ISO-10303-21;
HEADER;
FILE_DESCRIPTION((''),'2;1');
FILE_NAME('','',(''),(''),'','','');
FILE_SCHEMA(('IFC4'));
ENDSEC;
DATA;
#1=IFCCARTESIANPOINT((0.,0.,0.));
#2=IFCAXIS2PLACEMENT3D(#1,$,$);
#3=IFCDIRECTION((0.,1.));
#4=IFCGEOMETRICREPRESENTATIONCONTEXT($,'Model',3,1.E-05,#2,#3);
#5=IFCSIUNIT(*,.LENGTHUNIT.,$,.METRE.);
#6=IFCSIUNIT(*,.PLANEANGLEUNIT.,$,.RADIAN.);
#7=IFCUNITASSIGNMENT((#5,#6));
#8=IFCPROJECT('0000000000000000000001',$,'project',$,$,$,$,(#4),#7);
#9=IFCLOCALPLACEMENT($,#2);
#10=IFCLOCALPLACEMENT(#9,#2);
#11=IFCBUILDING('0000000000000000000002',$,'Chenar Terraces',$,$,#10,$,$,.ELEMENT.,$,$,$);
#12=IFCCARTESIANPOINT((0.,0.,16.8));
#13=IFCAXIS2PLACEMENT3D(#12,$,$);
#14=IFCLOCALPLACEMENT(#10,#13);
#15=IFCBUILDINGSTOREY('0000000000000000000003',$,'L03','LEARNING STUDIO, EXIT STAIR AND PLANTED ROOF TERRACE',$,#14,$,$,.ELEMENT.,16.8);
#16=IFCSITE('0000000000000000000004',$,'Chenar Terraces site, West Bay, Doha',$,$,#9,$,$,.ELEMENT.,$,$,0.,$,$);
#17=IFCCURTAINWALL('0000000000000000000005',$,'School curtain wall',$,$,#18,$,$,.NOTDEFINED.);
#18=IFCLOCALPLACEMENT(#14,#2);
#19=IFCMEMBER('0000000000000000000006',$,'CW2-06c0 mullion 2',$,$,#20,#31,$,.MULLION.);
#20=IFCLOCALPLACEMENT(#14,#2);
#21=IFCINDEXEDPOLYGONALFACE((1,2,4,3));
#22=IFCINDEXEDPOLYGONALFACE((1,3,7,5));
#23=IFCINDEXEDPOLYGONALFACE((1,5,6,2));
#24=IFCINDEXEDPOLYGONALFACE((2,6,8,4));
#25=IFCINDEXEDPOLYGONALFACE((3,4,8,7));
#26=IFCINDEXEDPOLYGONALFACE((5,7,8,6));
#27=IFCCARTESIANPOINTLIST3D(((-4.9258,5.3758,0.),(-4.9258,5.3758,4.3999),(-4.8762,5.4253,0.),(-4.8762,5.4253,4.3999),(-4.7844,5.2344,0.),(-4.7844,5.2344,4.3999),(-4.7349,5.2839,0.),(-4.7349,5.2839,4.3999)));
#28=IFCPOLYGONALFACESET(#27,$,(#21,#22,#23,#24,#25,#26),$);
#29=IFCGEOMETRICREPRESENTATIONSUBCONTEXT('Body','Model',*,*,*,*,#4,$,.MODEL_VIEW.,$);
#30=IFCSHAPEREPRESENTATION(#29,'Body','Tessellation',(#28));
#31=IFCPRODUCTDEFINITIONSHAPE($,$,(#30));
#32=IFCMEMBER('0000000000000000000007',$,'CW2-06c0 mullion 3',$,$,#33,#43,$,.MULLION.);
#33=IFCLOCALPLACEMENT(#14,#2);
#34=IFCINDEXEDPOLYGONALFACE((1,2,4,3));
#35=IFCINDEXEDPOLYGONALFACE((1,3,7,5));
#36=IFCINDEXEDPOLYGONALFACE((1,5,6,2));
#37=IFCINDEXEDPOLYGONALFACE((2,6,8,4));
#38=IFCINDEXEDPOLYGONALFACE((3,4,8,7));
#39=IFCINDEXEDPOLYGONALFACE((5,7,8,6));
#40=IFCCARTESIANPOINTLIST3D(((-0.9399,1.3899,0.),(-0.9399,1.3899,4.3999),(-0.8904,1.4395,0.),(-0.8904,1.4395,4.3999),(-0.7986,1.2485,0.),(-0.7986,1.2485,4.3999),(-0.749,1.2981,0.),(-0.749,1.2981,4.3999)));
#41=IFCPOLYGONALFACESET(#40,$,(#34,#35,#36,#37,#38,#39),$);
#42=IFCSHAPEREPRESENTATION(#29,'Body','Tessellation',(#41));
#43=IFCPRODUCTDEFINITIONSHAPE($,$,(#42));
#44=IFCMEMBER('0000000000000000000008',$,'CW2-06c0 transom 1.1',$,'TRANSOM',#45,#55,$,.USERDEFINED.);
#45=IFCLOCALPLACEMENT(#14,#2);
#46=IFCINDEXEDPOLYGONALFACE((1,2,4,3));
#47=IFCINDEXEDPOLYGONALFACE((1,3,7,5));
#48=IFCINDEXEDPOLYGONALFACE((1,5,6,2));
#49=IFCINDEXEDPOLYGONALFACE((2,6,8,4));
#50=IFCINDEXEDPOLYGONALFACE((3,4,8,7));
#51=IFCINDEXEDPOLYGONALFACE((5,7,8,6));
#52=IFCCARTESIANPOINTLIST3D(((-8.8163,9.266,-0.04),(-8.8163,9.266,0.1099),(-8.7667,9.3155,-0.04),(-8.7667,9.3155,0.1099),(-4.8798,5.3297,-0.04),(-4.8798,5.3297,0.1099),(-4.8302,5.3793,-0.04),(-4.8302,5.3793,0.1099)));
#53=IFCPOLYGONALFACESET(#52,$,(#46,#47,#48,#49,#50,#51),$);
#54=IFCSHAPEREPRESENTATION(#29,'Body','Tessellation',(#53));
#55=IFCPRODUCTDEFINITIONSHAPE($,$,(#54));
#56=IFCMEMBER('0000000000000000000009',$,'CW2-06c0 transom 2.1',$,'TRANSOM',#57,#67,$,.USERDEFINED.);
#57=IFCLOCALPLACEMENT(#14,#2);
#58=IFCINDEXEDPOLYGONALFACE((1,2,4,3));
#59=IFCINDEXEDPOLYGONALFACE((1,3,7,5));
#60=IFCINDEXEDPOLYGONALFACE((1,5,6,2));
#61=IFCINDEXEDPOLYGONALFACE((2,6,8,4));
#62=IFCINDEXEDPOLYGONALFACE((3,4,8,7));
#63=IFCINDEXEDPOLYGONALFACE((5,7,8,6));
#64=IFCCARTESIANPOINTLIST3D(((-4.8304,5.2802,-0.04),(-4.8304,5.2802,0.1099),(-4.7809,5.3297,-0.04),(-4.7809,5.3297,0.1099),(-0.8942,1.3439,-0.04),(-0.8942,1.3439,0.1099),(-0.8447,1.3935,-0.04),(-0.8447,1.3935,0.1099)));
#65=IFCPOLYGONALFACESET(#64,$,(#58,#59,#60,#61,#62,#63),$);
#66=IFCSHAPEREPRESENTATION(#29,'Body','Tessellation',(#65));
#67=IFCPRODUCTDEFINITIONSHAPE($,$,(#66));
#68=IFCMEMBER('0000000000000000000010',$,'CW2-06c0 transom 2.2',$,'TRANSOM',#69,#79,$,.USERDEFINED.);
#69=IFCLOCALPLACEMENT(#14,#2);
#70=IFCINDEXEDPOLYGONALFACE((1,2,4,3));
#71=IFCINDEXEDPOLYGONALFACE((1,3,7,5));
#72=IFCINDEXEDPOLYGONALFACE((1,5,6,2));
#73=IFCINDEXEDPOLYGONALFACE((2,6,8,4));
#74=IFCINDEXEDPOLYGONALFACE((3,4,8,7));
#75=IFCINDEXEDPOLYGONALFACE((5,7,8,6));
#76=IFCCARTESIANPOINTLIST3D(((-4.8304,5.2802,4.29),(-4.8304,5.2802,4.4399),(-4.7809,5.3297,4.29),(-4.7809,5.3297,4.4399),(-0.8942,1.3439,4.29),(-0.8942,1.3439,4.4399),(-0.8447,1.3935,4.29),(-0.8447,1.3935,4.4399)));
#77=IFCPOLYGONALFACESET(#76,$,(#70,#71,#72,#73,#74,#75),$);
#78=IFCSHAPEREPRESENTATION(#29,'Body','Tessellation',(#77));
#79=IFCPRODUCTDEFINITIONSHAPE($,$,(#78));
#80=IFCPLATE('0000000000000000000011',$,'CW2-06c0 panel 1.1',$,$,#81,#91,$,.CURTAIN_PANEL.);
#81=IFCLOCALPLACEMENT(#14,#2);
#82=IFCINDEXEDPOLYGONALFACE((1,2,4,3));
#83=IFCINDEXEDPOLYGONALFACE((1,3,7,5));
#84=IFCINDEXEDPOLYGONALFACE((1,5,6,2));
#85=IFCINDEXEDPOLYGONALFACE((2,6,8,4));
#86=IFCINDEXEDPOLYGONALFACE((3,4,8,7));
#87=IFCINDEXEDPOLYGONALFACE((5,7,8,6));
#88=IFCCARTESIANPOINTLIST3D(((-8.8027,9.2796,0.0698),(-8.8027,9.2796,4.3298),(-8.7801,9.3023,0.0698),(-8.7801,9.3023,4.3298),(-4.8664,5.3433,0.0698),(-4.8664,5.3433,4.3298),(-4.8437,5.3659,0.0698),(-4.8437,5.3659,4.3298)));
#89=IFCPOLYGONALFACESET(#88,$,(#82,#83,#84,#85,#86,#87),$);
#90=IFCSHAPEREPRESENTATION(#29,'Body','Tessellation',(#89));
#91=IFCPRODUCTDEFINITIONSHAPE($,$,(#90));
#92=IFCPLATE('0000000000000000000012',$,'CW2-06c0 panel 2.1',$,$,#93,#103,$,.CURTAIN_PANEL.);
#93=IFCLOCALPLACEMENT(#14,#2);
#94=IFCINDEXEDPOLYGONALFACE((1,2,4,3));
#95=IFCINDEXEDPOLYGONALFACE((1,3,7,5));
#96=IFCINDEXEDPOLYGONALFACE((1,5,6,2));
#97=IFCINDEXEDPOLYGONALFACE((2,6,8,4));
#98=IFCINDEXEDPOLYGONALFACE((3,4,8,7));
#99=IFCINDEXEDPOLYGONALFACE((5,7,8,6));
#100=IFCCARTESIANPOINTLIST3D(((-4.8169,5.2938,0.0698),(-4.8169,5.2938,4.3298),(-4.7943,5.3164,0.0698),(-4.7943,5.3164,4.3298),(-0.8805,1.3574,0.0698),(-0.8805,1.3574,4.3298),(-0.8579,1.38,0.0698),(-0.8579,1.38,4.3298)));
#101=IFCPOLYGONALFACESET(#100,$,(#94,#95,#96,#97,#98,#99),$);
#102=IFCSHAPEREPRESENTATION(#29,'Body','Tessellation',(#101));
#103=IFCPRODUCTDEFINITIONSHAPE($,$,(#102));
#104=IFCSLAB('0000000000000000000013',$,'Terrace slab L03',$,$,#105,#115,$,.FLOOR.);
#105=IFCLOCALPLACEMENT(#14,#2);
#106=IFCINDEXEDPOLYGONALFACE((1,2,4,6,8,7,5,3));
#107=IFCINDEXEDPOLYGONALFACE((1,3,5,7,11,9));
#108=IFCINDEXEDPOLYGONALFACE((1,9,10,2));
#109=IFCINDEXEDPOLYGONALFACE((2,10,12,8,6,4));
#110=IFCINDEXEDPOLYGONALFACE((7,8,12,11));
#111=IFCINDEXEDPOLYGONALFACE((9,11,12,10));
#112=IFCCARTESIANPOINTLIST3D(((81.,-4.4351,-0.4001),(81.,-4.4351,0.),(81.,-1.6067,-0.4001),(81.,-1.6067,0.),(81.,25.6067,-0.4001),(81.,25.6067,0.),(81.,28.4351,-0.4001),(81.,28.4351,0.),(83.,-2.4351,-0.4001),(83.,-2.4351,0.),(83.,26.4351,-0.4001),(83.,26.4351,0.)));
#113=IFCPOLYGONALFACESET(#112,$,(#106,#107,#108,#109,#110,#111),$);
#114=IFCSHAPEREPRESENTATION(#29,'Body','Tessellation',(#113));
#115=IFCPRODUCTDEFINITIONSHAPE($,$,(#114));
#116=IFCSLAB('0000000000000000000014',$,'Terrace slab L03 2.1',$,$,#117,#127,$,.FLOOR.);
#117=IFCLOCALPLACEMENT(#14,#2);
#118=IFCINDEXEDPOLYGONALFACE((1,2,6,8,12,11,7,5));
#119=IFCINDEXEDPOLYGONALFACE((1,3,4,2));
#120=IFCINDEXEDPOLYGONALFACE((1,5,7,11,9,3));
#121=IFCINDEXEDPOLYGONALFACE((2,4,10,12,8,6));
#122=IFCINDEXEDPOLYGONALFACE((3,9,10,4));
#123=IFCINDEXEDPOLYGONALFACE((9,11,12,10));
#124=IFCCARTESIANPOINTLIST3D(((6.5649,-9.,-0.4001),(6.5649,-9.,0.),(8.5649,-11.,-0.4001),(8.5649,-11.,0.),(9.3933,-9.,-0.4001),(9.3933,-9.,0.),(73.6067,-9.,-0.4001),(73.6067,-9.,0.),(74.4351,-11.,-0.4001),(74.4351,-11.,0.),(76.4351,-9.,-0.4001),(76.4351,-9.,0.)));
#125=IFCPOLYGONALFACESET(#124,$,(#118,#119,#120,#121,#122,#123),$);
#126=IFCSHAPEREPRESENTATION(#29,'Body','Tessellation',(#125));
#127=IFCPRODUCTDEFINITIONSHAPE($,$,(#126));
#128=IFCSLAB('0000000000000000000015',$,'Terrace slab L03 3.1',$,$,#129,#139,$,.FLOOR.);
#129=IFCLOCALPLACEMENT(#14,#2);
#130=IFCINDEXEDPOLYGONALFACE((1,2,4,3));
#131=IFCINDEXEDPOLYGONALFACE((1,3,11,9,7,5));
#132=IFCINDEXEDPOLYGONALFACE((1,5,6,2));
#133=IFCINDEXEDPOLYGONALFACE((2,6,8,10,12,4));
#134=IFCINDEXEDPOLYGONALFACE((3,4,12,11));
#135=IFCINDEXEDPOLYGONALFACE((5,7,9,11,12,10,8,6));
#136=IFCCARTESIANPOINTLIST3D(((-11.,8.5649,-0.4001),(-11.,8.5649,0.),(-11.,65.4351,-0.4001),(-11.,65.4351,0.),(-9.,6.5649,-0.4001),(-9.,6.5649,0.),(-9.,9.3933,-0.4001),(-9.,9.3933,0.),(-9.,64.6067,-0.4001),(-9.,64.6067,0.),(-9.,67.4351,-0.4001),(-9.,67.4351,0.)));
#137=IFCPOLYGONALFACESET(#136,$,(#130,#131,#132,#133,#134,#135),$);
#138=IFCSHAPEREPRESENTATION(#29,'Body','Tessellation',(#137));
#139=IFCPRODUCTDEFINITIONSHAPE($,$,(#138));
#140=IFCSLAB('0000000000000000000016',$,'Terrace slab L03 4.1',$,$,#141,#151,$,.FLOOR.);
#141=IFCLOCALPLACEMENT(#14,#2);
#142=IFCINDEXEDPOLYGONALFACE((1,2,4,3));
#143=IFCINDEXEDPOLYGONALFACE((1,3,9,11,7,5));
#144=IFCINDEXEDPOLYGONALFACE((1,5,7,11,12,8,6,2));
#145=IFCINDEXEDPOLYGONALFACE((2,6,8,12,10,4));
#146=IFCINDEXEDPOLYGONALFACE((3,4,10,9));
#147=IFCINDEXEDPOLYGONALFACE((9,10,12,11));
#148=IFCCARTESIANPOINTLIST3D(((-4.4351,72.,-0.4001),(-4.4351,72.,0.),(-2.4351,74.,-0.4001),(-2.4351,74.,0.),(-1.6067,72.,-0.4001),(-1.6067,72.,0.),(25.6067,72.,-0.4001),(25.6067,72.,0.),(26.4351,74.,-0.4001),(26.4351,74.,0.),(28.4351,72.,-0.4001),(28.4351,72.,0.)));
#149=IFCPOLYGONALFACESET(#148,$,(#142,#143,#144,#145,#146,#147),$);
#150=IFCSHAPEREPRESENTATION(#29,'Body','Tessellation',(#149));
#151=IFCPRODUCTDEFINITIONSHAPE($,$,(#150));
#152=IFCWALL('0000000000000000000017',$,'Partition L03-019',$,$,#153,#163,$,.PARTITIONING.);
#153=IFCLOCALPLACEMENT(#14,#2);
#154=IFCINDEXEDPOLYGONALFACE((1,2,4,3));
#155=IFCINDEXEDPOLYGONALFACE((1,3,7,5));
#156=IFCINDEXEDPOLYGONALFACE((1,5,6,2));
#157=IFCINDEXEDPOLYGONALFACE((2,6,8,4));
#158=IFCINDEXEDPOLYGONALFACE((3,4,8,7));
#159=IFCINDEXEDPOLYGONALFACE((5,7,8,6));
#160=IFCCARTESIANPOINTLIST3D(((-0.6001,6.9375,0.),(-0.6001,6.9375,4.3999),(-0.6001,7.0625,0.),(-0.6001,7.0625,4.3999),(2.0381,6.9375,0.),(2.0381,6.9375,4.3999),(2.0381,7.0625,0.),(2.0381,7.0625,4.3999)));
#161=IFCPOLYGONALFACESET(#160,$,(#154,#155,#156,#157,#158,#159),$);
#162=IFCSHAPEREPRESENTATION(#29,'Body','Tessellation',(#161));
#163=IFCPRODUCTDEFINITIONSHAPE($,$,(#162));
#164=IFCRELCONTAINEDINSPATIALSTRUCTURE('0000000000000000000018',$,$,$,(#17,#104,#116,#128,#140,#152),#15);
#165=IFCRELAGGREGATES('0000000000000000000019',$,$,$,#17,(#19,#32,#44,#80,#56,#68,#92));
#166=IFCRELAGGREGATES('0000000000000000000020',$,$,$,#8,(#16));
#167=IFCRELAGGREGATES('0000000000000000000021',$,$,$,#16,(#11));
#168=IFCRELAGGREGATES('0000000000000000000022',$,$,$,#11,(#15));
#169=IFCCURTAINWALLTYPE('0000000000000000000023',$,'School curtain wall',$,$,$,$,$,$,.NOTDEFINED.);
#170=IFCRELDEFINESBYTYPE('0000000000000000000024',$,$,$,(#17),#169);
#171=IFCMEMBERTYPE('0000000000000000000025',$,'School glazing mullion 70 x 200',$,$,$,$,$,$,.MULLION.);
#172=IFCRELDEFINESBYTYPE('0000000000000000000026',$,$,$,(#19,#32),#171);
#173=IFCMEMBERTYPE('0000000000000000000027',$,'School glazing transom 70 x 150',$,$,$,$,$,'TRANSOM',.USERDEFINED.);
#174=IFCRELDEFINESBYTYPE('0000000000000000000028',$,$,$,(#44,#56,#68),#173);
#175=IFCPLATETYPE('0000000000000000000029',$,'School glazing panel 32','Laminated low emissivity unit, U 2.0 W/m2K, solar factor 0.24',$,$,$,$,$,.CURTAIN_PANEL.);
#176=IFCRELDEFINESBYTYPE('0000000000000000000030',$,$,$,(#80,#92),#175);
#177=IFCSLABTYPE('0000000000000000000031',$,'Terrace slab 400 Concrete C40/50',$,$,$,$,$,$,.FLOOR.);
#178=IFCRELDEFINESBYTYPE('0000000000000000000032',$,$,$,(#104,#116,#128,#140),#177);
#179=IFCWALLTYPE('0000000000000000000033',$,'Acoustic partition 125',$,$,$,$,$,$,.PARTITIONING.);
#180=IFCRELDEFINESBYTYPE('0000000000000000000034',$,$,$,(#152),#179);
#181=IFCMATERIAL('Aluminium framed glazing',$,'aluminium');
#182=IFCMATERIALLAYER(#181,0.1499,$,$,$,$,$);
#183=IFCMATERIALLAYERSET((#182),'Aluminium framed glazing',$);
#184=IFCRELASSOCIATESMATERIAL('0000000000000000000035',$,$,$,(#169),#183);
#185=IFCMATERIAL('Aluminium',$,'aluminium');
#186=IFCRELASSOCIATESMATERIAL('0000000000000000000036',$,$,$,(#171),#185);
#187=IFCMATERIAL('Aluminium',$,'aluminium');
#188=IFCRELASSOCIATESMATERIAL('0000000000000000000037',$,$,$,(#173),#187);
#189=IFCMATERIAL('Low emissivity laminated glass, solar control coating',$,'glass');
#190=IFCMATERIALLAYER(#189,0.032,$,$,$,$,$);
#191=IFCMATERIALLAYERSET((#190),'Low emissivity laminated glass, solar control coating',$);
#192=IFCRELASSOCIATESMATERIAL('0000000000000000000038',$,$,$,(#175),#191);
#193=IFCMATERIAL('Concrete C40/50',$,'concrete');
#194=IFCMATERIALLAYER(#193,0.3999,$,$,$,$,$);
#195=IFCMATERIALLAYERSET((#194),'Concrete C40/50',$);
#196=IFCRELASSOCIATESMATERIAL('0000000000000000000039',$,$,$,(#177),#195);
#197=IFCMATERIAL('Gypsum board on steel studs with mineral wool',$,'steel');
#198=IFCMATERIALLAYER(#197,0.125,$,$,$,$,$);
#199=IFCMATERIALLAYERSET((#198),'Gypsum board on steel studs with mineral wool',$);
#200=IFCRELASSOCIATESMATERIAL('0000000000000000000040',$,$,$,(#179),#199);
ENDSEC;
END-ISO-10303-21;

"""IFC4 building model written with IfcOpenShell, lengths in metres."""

from ifc_helpers import new_model, si_unit, direction, frame, frame_2d, origin, origin_2d, place, context, subcontext, project, spatial, polyline, rectangle, outline, extrude, material, layer, layer_set, material_profile, profile_set, type_object, element, aggregate, save


model = new_model("IFC4")

# Units and contexts
model_context = context("Model", 3, precision=1e-05, world=origin(), true_north=direction((0.0, 1.0)))
body_context = subcontext(model_context, "Body", "Model", "MODEL_VIEW")
ifc_project = project(units=[si_unit("LENGTHUNIT", "METRE"), si_unit("PLANEANGLEUNIT", "RADIAN")], contexts=[model_context])

# Site, building, storey
site_placement = place(None, origin())
site = spatial("IfcSite", under=ifc_project, at=site_placement, Name="Chenar Terraces site, West Bay, Doha", CompositionType="ELEMENT", RefElevation=0.0)
building_placement = place(site_placement, origin())
building = spatial("IfcBuilding", under=site, at=building_placement, Name="Chenar Terraces", CompositionType="ELEMENT")
storey_placement = place(building_placement, frame((0.0, 0.0, 16.8)))
storey = spatial("IfcBuildingStorey", under=building, at=storey_placement, Name="L03", Description="LEARNING STUDIO, EXIT STAIR AND PLANTED ROOF TERRACE", CompositionType="ELEMENT", Elevation=16.8)

# Curtain wall, members
ifc_material_1 = material(Name="Aluminium framed glazing", Category="aluminium")
ifc_layer_1 = layer(ifc_material_1, 0.1499)
ifc_layer_set_1 = layer_set([ifc_layer_1], Name="Aluminium framed glazing")
curtain_wall_type = type_object("IfcCurtainWallType", Name="School curtain wall", PredefinedType="NOTDEFINED", material=ifc_layer_set_1)
curtain_wall_placement = place(storey_placement, origin())
curtain_wall = element("IfcCurtainWall", 1, at=curtain_wall_placement, inside=storey, type_object=curtain_wall_type, Name="School curtain wall", PredefinedType="NOTDEFINED")
ifc_material_2 = material(Name="Aluminium", Category="aluminium")
ifc_material_profile_1 = material_profile(ifc_material_2, rectangle(XDim=0.0701, YDim=0.2, at=origin_2d()), Name="School glazing mullion 70 x 200")
ifc_profile_set_1 = profile_set([ifc_material_profile_1], Name="Aluminium")
member_type_1 = type_object("IfcMemberType", Name="School glazing mullion 70 x 200", PredefinedType="MULLION", material=ifc_profile_set_1)
member_1_placement = place(storey_placement, frame((-4.8303, 5.3298, 0.0), z_axis=(0.0, 0.0, 1.0), x_axis=(0.707107, 0.707107, 0.0)))
member_1 = element("IfcMember", 2, at=member_1_placement, type_object=member_type_1, Name="CW2-06c0 mullion 2", PredefinedType="MULLION", context=body_context, shape_type="SweptSolid", body=[
    extrude(rectangle(XDim=0.0701, YDim=0.2, at=origin_2d()), origin(), (0.0, 0.0, 1.0), 4.3999),
])
member_2_placement = place(storey_placement, frame((-0.8445, 1.344, 0.0), z_axis=(0.0, 0.0, 1.0), x_axis=(0.707107, 0.707107, 0.0)))
member_2 = element("IfcMember", 3, at=member_2_placement, type_object=member_type_1, Name="CW2-06c0 mullion 3", PredefinedType="MULLION", context=body_context, shape_type="SweptSolid", body=[
    extrude(rectangle(XDim=0.0701, YDim=0.2, at=origin_2d()), origin(), (0.0, 0.0, 1.0), 4.3999),
])
ifc_material_3 = material(Name="Aluminium", Category="aluminium")
ifc_material_profile_2 = material_profile(ifc_material_3, rectangle(XDim=0.0701, YDim=0.1499, at=origin_2d()), Name="School glazing transom 70 x 150")
ifc_profile_set_2 = profile_set([ifc_material_profile_2], Name="Aluminium")
member_type_2 = type_object("IfcMemberType", Name="School glazing transom 70 x 150", ElementType="TRANSOM", PredefinedType="USERDEFINED", material=ifc_profile_set_2)
member_3_placement = place(storey_placement, frame((-8.7915, 9.2908, 0.0349), z_axis=(0.707129, -0.707085, 0.0), x_axis=(0.707085, 0.707129, 0.0)))
member_3 = element("IfcMember", 4, at=member_3_placement, type_object=member_type_2, Name="CW2-06c0 transom 1.1", ObjectType="TRANSOM", PredefinedType="USERDEFINED", context=body_context, shape_type="SweptSolid", body=[
    extrude(rectangle(XDim=0.0701, YDim=0.1499, at=origin_2d()), origin(), (0.0, 0.0, 1.0), 5.5669),
])
member_4_placement = place(storey_placement, frame((-4.8057, 5.3049, 0.0349), z_axis=(0.707107, -0.707107, 0.0), x_axis=(0.707107, 0.707107, 0.0)))
member_4 = element("IfcMember", 5, at=member_4_placement, type_object=member_type_2, Name="CW2-06c0 transom 2.1", ObjectType="TRANSOM", PredefinedType="USERDEFINED", context=body_context, shape_type="SweptSolid", body=[
    extrude(rectangle(XDim=0.0701, YDim=0.1499, at=origin_2d()), origin(), (0.0, 0.0, 1.0), 5.5667),
])
member_5_placement = place(storey_placement, frame((-4.8057, 5.3049, 4.365), z_axis=(0.707107, -0.707107, 0.0), x_axis=(0.707107, 0.707107, 0.0)))
member_5 = element("IfcMember", 6, at=member_5_placement, type_object=member_type_2, Name="CW2-06c0 transom 2.2", ObjectType="TRANSOM", PredefinedType="USERDEFINED", context=body_context, shape_type="SweptSolid", body=[
    extrude(rectangle(XDim=0.0701, YDim=0.1499, at=origin_2d()), origin(), (0.0, 0.0, 1.0), 5.5667),
])

# Shared definitions
placement = place(storey_placement, frame((0.0, 0.0, -0.4001)))

# Plates
ifc_material_4 = material(Name="Low emissivity laminated glass, solar control coating", Category="glass")
ifc_layer_2 = layer(ifc_material_4, 0.032)
ifc_layer_set_2 = layer_set([ifc_layer_2], Name="Low emissivity laminated glass, solar control coating")
plate_type = type_object("IfcPlateType", Name="School glazing panel 32", Description="Laminated low emissivity unit, U 2.0 W/m2K, solar factor 0.24", PredefinedType="CURTAIN_PANEL", material=ifc_layer_set_2)
plate_1_placement = place(storey_placement, frame((-6.8232, 7.3228, 0.0698), z_axis=(0.0, 0.0, 1.0), x_axis=(0.707107, -0.707107, 0.0)))
plate_1 = element("IfcPlate", 7, at=plate_1_placement, type_object=plate_type, Name="CW2-06c0 panel 1.1", PredefinedType="CURTAIN_PANEL", context=body_context, shape_type="SweptSolid", body=[
    extrude(rectangle(XDim=5.5669, YDim=0.032, at=origin_2d()), origin(), (0.0, 0.0, 1.0), 4.26),
])
plate_2_placement = place(storey_placement, frame((-2.8374, 3.3369, 0.0698), z_axis=(0.0, 0.0, 1.0), x_axis=(0.707107, -0.707107, 0.0)))
plate_2 = element("IfcPlate", 8, at=plate_2_placement, type_object=plate_type, Name="CW2-06c0 panel 2.1", PredefinedType="CURTAIN_PANEL", context=body_context, shape_type="SweptSolid", body=[
    extrude(rectangle(XDim=5.5669, YDim=0.032, at=origin_2d()), origin(), (0.0, 0.0, 1.0), 4.26),
])
aggregate(curtain_wall, [member_1, member_2, member_3, plate_1, member_4, member_5, plate_2])

# Slabs
ifc_material_5 = material(Name="Concrete C40/50", Category="concrete")
ifc_layer_3 = layer(ifc_material_5, 0.3999)
ifc_layer_set_3 = layer_set([ifc_layer_3], Name="Concrete C40/50")
slab_type_1 = type_object("IfcSlabType", Name="Terrace slab 400 Concrete C40/50", PredefinedType="FLOOR", material=ifc_layer_set_3)
element("IfcSlab", 9, at=placement, inside=storey, type_object=slab_type_1, Name="Terrace slab L03", PredefinedType="FLOOR", context=body_context, shape_type="SweptSolid", body=[
    extrude(outline(polyline([(83.0, 26.4351), (83.0, -2.4351), (81.0, -4.4351), (81.0, -1.6067), (81.0, 25.6067), (81.0, 28.4351), (83.0, 26.4351)])), origin(), (0.0, 0.0, 1.0), 0.4001),
])
element("IfcSlab", 10, at=placement, inside=storey, type_object=slab_type_1, Name="Terrace slab L03 2.1", PredefinedType="FLOOR", context=body_context, shape_type="SweptSolid", body=[
    extrude(outline(polyline([(74.4351, -11.0), (8.5649, -11.0), (6.5649, -9.0), (9.3933, -9.0), (73.6067, -9.0), (76.4351, -9.0), (74.4351, -11.0)])), origin(), (0.0, 0.0, 1.0), 0.4001),
])
element("IfcSlab", 11, at=placement, inside=storey, type_object=slab_type_1, Name="Terrace slab L03 3.1", PredefinedType="FLOOR", context=body_context, shape_type="SweptSolid", body=[
    extrude(outline(polyline([(-11.0, 8.5649), (-11.0, 65.4351), (-9.0, 67.4351), (-9.0, 64.6067), (-9.0, 9.3933), (-9.0, 6.5649), (-11.0, 8.5649)])), origin(), (0.0, 0.0, 1.0), 0.4001),
])
element("IfcSlab", 12, at=placement, inside=storey, type_object=slab_type_1, Name="Terrace slab L03 4.1", PredefinedType="FLOOR", context=body_context, shape_type="SweptSolid", body=[
    extrude(outline(polyline([(-2.4351, 74.0), (26.4351, 74.0), (28.4351, 72.0), (25.6067, 72.0), (-1.6067, 72.0), (-4.4351, 72.0), (-2.4351, 74.0)])), origin(), (0.0, 0.0, 1.0), 0.4001),
])

# Wall
ifc_material_6 = material(Name="Gypsum board on steel studs with mineral wool", Category="steel")
ifc_layer_4 = layer(ifc_material_6, 0.125)
ifc_layer_set_4 = layer_set([ifc_layer_4], Name="Gypsum board on steel studs with mineral wool")
wall_type_1 = type_object("IfcWallType", Name="Acoustic partition 125", PredefinedType="PARTITIONING", material=ifc_layer_set_4)
wall_1_placement = place(storey_placement, frame((-0.6001, 7.0, 0.0), z_axis=(0.0, 0.0, 1.0), x_axis=(1.0, 0.0, 0.0)))
element("IfcWall", 13, at=wall_1_placement, inside=storey, type_object=wall_type_1, Name="Partition L03-019", PredefinedType="PARTITIONING", context=body_context, shape_type="SweptSolid", body=[
    extrude(rectangle(XDim=2.6382, YDim=0.125, at=frame_2d((1.3191, 0.0))), origin(), (0.0, 0.0, 1.0), 4.3999),
])

save(model, "model.ifc")
